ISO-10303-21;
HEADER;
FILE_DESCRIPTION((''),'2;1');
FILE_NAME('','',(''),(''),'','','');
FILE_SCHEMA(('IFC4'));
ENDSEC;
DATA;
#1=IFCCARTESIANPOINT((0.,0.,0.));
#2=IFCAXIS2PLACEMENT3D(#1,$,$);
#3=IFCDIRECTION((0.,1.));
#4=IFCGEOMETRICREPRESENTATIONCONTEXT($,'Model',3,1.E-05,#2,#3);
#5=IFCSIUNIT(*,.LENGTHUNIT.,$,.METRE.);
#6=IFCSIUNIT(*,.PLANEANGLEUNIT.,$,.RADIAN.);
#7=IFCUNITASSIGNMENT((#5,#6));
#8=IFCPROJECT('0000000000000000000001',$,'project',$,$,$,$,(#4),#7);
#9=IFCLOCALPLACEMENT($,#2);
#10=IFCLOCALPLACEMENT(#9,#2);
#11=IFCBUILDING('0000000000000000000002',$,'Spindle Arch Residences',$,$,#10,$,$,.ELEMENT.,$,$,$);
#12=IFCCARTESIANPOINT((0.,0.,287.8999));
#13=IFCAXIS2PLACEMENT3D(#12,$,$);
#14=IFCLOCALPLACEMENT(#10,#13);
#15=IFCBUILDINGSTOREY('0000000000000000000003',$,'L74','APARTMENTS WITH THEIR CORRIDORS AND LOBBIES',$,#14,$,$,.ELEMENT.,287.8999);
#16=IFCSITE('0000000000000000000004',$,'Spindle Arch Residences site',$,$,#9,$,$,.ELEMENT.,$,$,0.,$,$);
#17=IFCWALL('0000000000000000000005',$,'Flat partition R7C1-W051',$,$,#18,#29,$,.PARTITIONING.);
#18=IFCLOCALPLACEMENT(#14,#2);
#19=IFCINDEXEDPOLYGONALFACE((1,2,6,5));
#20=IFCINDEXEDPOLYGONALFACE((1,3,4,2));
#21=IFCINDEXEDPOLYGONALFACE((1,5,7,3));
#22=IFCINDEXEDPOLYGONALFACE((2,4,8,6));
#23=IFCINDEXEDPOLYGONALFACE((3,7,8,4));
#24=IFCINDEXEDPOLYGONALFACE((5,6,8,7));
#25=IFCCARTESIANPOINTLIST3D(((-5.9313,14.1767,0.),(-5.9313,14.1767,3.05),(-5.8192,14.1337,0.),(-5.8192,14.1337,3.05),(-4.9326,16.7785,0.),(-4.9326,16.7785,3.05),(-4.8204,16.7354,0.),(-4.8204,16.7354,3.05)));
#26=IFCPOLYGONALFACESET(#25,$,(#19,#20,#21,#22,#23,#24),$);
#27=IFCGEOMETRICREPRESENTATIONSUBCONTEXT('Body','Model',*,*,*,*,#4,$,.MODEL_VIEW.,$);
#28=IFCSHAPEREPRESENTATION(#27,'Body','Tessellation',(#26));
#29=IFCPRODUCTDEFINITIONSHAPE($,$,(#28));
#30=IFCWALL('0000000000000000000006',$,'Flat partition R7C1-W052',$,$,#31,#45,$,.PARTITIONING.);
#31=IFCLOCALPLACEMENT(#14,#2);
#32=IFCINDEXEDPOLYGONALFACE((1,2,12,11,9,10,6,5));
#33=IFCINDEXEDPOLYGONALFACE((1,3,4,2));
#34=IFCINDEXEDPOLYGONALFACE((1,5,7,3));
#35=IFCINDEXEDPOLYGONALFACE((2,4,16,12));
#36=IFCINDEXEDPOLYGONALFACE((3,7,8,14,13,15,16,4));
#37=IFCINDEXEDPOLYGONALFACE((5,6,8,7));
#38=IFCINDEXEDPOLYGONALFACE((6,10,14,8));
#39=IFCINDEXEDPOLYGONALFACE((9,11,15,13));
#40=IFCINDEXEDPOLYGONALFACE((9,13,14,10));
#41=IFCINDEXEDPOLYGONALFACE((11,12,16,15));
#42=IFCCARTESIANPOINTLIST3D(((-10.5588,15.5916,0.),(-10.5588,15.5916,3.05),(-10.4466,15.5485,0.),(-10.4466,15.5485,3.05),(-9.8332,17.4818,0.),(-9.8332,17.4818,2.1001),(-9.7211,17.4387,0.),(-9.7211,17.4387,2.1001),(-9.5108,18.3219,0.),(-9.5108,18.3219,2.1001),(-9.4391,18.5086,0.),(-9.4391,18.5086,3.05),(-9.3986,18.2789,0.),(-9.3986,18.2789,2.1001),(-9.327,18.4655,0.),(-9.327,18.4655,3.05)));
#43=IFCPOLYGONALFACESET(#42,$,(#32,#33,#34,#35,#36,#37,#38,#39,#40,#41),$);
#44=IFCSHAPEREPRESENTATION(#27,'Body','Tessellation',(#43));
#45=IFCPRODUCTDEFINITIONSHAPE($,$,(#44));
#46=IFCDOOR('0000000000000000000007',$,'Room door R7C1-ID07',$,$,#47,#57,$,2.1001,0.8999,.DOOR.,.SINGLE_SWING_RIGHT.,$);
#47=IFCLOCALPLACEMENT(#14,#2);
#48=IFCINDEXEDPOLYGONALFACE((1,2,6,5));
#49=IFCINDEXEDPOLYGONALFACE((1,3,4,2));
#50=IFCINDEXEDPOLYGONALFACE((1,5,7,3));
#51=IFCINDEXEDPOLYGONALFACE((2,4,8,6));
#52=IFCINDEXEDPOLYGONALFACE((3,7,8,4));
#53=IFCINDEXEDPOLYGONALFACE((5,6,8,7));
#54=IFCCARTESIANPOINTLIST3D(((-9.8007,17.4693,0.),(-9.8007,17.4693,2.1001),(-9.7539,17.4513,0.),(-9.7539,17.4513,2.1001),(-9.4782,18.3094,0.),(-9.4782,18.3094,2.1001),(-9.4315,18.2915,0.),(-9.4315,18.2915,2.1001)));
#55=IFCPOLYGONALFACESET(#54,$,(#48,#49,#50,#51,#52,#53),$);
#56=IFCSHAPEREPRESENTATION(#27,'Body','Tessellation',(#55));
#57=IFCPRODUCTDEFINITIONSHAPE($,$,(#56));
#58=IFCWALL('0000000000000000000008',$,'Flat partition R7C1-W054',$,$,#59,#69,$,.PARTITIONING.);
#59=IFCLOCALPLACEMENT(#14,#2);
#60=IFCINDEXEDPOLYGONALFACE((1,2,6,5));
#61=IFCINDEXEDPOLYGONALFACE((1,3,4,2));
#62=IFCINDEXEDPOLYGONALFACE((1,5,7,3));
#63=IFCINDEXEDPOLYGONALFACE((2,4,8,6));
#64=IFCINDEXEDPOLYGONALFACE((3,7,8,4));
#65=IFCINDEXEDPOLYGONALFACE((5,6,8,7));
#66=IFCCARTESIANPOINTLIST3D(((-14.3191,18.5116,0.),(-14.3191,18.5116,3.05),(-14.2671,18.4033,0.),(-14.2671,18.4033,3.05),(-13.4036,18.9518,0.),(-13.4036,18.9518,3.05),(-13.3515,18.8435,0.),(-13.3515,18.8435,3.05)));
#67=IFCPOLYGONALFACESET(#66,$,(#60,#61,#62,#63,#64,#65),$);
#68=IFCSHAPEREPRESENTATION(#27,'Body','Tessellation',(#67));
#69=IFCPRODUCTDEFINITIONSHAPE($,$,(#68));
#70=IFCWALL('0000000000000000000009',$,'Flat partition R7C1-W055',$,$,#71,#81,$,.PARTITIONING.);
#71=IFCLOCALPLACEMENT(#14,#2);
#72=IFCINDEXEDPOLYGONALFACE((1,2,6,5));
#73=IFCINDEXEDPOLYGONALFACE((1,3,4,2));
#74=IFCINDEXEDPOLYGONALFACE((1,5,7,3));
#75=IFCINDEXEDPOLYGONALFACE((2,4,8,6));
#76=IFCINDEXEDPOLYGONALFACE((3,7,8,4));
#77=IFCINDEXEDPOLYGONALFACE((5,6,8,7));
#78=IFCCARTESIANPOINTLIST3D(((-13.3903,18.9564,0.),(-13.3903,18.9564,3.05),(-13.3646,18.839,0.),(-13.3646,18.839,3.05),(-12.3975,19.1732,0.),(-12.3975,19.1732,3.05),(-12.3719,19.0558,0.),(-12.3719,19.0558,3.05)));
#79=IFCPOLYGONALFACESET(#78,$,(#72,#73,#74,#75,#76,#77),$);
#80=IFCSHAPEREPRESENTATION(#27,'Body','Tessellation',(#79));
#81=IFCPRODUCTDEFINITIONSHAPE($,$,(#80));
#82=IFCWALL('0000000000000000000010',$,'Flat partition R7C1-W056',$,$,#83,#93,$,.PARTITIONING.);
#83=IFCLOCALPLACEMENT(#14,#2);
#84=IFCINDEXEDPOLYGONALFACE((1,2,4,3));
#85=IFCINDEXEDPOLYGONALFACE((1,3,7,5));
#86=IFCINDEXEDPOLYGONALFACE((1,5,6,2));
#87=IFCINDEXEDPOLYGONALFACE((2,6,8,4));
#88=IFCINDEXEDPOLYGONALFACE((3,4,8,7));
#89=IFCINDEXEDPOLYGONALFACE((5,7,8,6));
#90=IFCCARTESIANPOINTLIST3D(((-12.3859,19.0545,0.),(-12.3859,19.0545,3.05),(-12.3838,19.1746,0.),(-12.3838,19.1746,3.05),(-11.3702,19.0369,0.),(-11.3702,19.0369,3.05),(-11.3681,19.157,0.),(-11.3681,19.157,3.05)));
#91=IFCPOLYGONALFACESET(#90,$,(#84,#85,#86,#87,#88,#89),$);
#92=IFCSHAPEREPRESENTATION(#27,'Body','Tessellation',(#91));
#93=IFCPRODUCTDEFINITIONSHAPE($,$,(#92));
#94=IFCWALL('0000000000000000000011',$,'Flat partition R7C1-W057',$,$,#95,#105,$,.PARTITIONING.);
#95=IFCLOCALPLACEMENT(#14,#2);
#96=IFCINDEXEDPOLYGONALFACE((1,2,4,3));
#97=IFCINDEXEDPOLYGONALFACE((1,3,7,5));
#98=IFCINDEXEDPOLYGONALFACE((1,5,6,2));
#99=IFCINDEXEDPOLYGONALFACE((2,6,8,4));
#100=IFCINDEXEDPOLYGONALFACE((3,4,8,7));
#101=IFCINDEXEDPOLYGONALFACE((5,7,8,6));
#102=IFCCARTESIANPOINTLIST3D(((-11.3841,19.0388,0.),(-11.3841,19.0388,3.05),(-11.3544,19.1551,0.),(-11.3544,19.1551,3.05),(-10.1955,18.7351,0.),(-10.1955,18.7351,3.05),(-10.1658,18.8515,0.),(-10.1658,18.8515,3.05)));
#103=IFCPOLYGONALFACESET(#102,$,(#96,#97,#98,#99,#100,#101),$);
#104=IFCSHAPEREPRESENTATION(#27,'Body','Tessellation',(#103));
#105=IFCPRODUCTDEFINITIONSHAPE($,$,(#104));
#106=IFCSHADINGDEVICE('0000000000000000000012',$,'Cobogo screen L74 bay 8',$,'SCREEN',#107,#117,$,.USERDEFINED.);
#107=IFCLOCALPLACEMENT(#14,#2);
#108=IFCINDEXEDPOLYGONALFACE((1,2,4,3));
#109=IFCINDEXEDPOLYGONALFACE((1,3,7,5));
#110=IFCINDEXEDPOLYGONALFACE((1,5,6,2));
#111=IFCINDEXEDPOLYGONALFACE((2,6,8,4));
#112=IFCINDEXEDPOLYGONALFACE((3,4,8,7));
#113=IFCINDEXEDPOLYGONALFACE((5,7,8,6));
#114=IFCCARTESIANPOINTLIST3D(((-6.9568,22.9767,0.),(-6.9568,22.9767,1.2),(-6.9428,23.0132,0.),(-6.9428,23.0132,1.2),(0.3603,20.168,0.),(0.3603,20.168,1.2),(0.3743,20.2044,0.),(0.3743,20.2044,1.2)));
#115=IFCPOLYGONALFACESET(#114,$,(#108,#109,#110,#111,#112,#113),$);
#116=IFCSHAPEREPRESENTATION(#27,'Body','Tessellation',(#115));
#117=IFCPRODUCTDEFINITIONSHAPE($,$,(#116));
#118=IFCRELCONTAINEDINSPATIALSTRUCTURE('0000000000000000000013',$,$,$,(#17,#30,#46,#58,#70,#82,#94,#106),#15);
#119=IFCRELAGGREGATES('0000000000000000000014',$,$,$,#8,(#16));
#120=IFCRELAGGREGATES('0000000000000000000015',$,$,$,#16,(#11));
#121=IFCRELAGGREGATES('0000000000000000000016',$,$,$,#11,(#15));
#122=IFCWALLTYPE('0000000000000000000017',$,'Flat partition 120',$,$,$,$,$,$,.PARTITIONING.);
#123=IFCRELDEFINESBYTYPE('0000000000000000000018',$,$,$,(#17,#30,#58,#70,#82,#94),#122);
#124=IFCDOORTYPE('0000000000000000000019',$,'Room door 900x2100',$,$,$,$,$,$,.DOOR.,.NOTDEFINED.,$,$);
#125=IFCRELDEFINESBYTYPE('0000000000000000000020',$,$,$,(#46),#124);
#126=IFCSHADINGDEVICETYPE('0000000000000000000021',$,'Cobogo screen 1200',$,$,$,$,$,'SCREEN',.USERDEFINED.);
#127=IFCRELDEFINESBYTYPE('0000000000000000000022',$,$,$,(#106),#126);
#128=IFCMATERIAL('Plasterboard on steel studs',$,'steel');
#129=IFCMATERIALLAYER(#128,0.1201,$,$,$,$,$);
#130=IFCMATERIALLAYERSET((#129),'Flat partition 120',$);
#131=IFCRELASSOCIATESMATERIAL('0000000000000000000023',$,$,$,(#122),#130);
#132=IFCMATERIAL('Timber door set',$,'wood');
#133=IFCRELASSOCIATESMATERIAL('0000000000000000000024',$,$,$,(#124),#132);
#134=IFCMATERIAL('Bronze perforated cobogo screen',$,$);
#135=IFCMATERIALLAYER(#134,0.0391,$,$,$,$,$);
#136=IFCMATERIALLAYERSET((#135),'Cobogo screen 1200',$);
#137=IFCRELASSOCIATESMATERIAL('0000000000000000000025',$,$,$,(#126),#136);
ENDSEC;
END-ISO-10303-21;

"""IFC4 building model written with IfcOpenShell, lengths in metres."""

from ifc_helpers import new_model, si_unit, direction, frame, frame_2d, origin, origin_2d, place, context, subcontext, project, spatial, rectangle, extrude, material, layer, layer_set, type_object, element, fill, save


model = new_model("IFC4")

# Units and contexts
model_context = context("Model", 3, precision=1e-05, world=origin(), true_north=direction((0.0, 1.0)))
body_context = subcontext(model_context, "Body", "Model", "MODEL_VIEW")
ifc_project = project(units=[si_unit("LENGTHUNIT", "METRE"), si_unit("PLANEANGLEUNIT", "RADIAN")], contexts=[model_context])

# Site, building, storey
site_placement = place(None, origin())
site = spatial("IfcSite", under=ifc_project, at=site_placement, Name="Spindle Arch Residences site", CompositionType="ELEMENT", RefElevation=0.0)
building_placement = place(site_placement, origin())
building = spatial("IfcBuilding", under=site, at=building_placement, Name="Spindle Arch Residences", CompositionType="ELEMENT")
storey_placement = place(building_placement, frame((0.0, 0.0, 287.8999)))
storey = spatial("IfcBuildingStorey", under=building, at=storey_placement, Name="L74", Description="APARTMENTS WITH THEIR CORRIDORS AND LOBBIES", CompositionType="ELEMENT", Elevation=287.8999)

# Shared definitions
ifc_material_1 = material(Name="Plasterboard on steel studs", Category="steel")
ifc_layer_1 = layer(ifc_material_1, 0.1201)
ifc_layer_set_1 = layer_set([ifc_layer_1], Name="Flat partition 120")
wall_type_1 = type_object("IfcWallType", Name="Flat partition 120", PredefinedType="PARTITIONING", material=ifc_layer_set_1)

# Shared definitions
ifc_material_2 = material(Name="Timber door set", Category="wood")
door_type_1 = type_object("IfcDoorType", Name="Room door 900x2100", OperationType="NOTDEFINED", PredefinedType="DOOR", material=ifc_material_2)

# Wall
wall_1_placement = place(storey_placement, frame((-4.8765, 16.7571, 0.0), z_axis=(0.0, 0.0, 1.0), x_axis=(-0.35838, -0.933576, 0.0)))
element("IfcWall", 1, at=wall_1_placement, inside=storey, type_object=wall_type_1, Name="Flat partition R7C1-W051", PredefinedType="PARTITIONING", context=body_context, shape_type="SweptSolid", body=[
    extrude(rectangle(XDim=2.7869, YDim=0.1201, at=frame_2d((1.3936, 0.0))), origin(), (0.0, 0.0, 1.0), 3.05),
])

# Wall, opening, door
wall_2_placement = place(storey_placement, frame((-9.3831, 18.4871, 0.0), z_axis=(0.0, 0.0, 1.0), x_axis=(-0.35834, -0.933591, 0.0)))
wall_2 = element("IfcWall", 2, at=wall_2_placement, inside=storey, type_object=wall_type_1, Name="Flat partition R7C1-W052", PredefinedType="PARTITIONING", context=body_context, shape_type="SweptSolid", body=[
    extrude(rectangle(XDim=3.1245, YDim=0.1201, at=frame_2d((1.5623, 0.0))), origin(), (0.0, 0.0, 1.0), 3.05),
])
opening_1_placement = place(wall_2_placement, frame((0.2, 0.0, 0.0)))
opening_1 = element("IfcOpeningElement", 3, at=opening_1_placement, cuts=wall_2, PredefinedType="OPENING", context=body_context, shape_type="SweptSolid", body=[
    extrude(rectangle(XDim=0.8999, YDim=2.1001, at=frame_2d((0.45, 1.05))), frame((0.0, 0.0701, 0.0), z_axis=(0.0, -1.0, 0.0), x_axis=(1.0, 0.0, 0.0)), (0.0, 0.0, 1.0), 0.1401),
])
door_1_placement = place(opening_1_placement, origin())
door_1 = element("IfcDoor", 4, at=door_1_placement, inside=storey, type_object=door_type_1, Name="Room door R7C1-ID07", OperationType="SINGLE_SWING_RIGHT", OverallHeight=2.1001, OverallWidth=0.8999, PredefinedType="DOOR", context=body_context, shape_type="SweptSolid", body=[
    extrude(rectangle(XDim=0.8999, YDim=2.1001, at=frame_2d((0.45, 1.05))), frame((0.0, 0.0249, 0.0), z_axis=(0.0, -1.0, 0.0), x_axis=(1.0, 0.0, 0.0)), (0.0, 0.0, 1.0), 0.05),
])
fill(opening_1, door_1)

# Walls
wall_3_placement = place(storey_placement, frame((-14.293, 18.4575, 0.0), z_axis=(0.0, 0.0, 1.0), x_axis=(0.901242, 0.433317, 0.0)))
element("IfcWall", 5, at=wall_3_placement, inside=storey, type_object=wall_type_1, Name="Flat partition R7C1-W054", PredefinedType="PARTITIONING", context=body_context, shape_type="SweptSolid", body=[
    extrude(rectangle(XDim=1.0159, YDim=0.1201, at=frame_2d((0.5078, 0.0))), origin(), (0.0, 0.0, 1.0), 3.05),
])
wall_4_placement = place(storey_placement, frame((-13.3774, 18.8977, 0.0), z_axis=(0.0, 0.0, 1.0), x_axis=(0.976972, 0.213367, 0.0)))
element("IfcWall", 6, at=wall_4_placement, inside=storey, type_object=wall_type_1, Name="Flat partition R7C1-W055", PredefinedType="PARTITIONING", context=body_context, shape_type="SweptSolid", body=[
    extrude(rectangle(XDim=1.0161, YDim=0.1201, at=frame_2d((0.5081, 0.0))), origin(), (0.0, 0.0, 1.0), 3.05),
])
wall_5_placement = place(storey_placement, frame((-12.3848, 19.1145, 0.0), z_axis=(0.0, 0.0, 1.0), x_axis=(0.99985, -0.017305, 0.0)))
element("IfcWall", 7, at=wall_5_placement, inside=storey, type_object=wall_type_1, Name="Flat partition R7C1-W056", PredefinedType="PARTITIONING", context=body_context, shape_type="SweptSolid", body=[
    extrude(rectangle(XDim=1.0159, YDim=0.1201, at=frame_2d((0.5078, 0.0))), origin(), (0.0, 0.0, 1.0), 3.05),
])
wall_6_placement = place(storey_placement, frame((-11.3691, 19.0969, 0.0), z_axis=(0.0, 0.0, 1.0), x_axis=(0.968877, -0.247542, 0.0)))
element("IfcWall", 8, at=wall_6_placement, inside=storey, type_object=wall_type_1, Name="Flat partition R7C1-W057", PredefinedType="PARTITIONING", context=body_context, shape_type="SweptSolid", body=[
    extrude(rectangle(XDim=1.2268, YDim=0.1201, at=frame_2d((0.6133, 0.0))), origin(), (0.0, 0.0, 1.0), 3.05),
])

# Shading device
ifc_material_3 = material(Name="Bronze perforated cobogo screen")
ifc_layer_2 = layer(ifc_material_3, 0.0391)
ifc_layer_set_2 = layer_set([ifc_layer_2], Name="Cobogo screen 1200")
shading_device_type = type_object("IfcShadingDeviceType", Name="Cobogo screen 1200", ElementType="SCREEN", PredefinedType="USERDEFINED", material=ifc_layer_set_2)
shading_device_placement = place(storey_placement, frame((-3.2913, 21.5906, 0.0), z_axis=(0.0, 0.0, 1.0), x_axis=(-0.93358, 0.358368, 0.0)))
element("IfcShadingDevice", 9, at=shading_device_placement, inside=storey, type_object=shading_device_type, Name="Cobogo screen L74 bay 8", ObjectType="SCREEN", PredefinedType="USERDEFINED", context=body_context, shape_type="SweptSolid", body=[
    extrude(rectangle(XDim=7.8376, YDim=0.0391, at=origin_2d()), origin(), (0.0, 0.0, 1.0), 1.2),
])

save(model, "model.ifc")
